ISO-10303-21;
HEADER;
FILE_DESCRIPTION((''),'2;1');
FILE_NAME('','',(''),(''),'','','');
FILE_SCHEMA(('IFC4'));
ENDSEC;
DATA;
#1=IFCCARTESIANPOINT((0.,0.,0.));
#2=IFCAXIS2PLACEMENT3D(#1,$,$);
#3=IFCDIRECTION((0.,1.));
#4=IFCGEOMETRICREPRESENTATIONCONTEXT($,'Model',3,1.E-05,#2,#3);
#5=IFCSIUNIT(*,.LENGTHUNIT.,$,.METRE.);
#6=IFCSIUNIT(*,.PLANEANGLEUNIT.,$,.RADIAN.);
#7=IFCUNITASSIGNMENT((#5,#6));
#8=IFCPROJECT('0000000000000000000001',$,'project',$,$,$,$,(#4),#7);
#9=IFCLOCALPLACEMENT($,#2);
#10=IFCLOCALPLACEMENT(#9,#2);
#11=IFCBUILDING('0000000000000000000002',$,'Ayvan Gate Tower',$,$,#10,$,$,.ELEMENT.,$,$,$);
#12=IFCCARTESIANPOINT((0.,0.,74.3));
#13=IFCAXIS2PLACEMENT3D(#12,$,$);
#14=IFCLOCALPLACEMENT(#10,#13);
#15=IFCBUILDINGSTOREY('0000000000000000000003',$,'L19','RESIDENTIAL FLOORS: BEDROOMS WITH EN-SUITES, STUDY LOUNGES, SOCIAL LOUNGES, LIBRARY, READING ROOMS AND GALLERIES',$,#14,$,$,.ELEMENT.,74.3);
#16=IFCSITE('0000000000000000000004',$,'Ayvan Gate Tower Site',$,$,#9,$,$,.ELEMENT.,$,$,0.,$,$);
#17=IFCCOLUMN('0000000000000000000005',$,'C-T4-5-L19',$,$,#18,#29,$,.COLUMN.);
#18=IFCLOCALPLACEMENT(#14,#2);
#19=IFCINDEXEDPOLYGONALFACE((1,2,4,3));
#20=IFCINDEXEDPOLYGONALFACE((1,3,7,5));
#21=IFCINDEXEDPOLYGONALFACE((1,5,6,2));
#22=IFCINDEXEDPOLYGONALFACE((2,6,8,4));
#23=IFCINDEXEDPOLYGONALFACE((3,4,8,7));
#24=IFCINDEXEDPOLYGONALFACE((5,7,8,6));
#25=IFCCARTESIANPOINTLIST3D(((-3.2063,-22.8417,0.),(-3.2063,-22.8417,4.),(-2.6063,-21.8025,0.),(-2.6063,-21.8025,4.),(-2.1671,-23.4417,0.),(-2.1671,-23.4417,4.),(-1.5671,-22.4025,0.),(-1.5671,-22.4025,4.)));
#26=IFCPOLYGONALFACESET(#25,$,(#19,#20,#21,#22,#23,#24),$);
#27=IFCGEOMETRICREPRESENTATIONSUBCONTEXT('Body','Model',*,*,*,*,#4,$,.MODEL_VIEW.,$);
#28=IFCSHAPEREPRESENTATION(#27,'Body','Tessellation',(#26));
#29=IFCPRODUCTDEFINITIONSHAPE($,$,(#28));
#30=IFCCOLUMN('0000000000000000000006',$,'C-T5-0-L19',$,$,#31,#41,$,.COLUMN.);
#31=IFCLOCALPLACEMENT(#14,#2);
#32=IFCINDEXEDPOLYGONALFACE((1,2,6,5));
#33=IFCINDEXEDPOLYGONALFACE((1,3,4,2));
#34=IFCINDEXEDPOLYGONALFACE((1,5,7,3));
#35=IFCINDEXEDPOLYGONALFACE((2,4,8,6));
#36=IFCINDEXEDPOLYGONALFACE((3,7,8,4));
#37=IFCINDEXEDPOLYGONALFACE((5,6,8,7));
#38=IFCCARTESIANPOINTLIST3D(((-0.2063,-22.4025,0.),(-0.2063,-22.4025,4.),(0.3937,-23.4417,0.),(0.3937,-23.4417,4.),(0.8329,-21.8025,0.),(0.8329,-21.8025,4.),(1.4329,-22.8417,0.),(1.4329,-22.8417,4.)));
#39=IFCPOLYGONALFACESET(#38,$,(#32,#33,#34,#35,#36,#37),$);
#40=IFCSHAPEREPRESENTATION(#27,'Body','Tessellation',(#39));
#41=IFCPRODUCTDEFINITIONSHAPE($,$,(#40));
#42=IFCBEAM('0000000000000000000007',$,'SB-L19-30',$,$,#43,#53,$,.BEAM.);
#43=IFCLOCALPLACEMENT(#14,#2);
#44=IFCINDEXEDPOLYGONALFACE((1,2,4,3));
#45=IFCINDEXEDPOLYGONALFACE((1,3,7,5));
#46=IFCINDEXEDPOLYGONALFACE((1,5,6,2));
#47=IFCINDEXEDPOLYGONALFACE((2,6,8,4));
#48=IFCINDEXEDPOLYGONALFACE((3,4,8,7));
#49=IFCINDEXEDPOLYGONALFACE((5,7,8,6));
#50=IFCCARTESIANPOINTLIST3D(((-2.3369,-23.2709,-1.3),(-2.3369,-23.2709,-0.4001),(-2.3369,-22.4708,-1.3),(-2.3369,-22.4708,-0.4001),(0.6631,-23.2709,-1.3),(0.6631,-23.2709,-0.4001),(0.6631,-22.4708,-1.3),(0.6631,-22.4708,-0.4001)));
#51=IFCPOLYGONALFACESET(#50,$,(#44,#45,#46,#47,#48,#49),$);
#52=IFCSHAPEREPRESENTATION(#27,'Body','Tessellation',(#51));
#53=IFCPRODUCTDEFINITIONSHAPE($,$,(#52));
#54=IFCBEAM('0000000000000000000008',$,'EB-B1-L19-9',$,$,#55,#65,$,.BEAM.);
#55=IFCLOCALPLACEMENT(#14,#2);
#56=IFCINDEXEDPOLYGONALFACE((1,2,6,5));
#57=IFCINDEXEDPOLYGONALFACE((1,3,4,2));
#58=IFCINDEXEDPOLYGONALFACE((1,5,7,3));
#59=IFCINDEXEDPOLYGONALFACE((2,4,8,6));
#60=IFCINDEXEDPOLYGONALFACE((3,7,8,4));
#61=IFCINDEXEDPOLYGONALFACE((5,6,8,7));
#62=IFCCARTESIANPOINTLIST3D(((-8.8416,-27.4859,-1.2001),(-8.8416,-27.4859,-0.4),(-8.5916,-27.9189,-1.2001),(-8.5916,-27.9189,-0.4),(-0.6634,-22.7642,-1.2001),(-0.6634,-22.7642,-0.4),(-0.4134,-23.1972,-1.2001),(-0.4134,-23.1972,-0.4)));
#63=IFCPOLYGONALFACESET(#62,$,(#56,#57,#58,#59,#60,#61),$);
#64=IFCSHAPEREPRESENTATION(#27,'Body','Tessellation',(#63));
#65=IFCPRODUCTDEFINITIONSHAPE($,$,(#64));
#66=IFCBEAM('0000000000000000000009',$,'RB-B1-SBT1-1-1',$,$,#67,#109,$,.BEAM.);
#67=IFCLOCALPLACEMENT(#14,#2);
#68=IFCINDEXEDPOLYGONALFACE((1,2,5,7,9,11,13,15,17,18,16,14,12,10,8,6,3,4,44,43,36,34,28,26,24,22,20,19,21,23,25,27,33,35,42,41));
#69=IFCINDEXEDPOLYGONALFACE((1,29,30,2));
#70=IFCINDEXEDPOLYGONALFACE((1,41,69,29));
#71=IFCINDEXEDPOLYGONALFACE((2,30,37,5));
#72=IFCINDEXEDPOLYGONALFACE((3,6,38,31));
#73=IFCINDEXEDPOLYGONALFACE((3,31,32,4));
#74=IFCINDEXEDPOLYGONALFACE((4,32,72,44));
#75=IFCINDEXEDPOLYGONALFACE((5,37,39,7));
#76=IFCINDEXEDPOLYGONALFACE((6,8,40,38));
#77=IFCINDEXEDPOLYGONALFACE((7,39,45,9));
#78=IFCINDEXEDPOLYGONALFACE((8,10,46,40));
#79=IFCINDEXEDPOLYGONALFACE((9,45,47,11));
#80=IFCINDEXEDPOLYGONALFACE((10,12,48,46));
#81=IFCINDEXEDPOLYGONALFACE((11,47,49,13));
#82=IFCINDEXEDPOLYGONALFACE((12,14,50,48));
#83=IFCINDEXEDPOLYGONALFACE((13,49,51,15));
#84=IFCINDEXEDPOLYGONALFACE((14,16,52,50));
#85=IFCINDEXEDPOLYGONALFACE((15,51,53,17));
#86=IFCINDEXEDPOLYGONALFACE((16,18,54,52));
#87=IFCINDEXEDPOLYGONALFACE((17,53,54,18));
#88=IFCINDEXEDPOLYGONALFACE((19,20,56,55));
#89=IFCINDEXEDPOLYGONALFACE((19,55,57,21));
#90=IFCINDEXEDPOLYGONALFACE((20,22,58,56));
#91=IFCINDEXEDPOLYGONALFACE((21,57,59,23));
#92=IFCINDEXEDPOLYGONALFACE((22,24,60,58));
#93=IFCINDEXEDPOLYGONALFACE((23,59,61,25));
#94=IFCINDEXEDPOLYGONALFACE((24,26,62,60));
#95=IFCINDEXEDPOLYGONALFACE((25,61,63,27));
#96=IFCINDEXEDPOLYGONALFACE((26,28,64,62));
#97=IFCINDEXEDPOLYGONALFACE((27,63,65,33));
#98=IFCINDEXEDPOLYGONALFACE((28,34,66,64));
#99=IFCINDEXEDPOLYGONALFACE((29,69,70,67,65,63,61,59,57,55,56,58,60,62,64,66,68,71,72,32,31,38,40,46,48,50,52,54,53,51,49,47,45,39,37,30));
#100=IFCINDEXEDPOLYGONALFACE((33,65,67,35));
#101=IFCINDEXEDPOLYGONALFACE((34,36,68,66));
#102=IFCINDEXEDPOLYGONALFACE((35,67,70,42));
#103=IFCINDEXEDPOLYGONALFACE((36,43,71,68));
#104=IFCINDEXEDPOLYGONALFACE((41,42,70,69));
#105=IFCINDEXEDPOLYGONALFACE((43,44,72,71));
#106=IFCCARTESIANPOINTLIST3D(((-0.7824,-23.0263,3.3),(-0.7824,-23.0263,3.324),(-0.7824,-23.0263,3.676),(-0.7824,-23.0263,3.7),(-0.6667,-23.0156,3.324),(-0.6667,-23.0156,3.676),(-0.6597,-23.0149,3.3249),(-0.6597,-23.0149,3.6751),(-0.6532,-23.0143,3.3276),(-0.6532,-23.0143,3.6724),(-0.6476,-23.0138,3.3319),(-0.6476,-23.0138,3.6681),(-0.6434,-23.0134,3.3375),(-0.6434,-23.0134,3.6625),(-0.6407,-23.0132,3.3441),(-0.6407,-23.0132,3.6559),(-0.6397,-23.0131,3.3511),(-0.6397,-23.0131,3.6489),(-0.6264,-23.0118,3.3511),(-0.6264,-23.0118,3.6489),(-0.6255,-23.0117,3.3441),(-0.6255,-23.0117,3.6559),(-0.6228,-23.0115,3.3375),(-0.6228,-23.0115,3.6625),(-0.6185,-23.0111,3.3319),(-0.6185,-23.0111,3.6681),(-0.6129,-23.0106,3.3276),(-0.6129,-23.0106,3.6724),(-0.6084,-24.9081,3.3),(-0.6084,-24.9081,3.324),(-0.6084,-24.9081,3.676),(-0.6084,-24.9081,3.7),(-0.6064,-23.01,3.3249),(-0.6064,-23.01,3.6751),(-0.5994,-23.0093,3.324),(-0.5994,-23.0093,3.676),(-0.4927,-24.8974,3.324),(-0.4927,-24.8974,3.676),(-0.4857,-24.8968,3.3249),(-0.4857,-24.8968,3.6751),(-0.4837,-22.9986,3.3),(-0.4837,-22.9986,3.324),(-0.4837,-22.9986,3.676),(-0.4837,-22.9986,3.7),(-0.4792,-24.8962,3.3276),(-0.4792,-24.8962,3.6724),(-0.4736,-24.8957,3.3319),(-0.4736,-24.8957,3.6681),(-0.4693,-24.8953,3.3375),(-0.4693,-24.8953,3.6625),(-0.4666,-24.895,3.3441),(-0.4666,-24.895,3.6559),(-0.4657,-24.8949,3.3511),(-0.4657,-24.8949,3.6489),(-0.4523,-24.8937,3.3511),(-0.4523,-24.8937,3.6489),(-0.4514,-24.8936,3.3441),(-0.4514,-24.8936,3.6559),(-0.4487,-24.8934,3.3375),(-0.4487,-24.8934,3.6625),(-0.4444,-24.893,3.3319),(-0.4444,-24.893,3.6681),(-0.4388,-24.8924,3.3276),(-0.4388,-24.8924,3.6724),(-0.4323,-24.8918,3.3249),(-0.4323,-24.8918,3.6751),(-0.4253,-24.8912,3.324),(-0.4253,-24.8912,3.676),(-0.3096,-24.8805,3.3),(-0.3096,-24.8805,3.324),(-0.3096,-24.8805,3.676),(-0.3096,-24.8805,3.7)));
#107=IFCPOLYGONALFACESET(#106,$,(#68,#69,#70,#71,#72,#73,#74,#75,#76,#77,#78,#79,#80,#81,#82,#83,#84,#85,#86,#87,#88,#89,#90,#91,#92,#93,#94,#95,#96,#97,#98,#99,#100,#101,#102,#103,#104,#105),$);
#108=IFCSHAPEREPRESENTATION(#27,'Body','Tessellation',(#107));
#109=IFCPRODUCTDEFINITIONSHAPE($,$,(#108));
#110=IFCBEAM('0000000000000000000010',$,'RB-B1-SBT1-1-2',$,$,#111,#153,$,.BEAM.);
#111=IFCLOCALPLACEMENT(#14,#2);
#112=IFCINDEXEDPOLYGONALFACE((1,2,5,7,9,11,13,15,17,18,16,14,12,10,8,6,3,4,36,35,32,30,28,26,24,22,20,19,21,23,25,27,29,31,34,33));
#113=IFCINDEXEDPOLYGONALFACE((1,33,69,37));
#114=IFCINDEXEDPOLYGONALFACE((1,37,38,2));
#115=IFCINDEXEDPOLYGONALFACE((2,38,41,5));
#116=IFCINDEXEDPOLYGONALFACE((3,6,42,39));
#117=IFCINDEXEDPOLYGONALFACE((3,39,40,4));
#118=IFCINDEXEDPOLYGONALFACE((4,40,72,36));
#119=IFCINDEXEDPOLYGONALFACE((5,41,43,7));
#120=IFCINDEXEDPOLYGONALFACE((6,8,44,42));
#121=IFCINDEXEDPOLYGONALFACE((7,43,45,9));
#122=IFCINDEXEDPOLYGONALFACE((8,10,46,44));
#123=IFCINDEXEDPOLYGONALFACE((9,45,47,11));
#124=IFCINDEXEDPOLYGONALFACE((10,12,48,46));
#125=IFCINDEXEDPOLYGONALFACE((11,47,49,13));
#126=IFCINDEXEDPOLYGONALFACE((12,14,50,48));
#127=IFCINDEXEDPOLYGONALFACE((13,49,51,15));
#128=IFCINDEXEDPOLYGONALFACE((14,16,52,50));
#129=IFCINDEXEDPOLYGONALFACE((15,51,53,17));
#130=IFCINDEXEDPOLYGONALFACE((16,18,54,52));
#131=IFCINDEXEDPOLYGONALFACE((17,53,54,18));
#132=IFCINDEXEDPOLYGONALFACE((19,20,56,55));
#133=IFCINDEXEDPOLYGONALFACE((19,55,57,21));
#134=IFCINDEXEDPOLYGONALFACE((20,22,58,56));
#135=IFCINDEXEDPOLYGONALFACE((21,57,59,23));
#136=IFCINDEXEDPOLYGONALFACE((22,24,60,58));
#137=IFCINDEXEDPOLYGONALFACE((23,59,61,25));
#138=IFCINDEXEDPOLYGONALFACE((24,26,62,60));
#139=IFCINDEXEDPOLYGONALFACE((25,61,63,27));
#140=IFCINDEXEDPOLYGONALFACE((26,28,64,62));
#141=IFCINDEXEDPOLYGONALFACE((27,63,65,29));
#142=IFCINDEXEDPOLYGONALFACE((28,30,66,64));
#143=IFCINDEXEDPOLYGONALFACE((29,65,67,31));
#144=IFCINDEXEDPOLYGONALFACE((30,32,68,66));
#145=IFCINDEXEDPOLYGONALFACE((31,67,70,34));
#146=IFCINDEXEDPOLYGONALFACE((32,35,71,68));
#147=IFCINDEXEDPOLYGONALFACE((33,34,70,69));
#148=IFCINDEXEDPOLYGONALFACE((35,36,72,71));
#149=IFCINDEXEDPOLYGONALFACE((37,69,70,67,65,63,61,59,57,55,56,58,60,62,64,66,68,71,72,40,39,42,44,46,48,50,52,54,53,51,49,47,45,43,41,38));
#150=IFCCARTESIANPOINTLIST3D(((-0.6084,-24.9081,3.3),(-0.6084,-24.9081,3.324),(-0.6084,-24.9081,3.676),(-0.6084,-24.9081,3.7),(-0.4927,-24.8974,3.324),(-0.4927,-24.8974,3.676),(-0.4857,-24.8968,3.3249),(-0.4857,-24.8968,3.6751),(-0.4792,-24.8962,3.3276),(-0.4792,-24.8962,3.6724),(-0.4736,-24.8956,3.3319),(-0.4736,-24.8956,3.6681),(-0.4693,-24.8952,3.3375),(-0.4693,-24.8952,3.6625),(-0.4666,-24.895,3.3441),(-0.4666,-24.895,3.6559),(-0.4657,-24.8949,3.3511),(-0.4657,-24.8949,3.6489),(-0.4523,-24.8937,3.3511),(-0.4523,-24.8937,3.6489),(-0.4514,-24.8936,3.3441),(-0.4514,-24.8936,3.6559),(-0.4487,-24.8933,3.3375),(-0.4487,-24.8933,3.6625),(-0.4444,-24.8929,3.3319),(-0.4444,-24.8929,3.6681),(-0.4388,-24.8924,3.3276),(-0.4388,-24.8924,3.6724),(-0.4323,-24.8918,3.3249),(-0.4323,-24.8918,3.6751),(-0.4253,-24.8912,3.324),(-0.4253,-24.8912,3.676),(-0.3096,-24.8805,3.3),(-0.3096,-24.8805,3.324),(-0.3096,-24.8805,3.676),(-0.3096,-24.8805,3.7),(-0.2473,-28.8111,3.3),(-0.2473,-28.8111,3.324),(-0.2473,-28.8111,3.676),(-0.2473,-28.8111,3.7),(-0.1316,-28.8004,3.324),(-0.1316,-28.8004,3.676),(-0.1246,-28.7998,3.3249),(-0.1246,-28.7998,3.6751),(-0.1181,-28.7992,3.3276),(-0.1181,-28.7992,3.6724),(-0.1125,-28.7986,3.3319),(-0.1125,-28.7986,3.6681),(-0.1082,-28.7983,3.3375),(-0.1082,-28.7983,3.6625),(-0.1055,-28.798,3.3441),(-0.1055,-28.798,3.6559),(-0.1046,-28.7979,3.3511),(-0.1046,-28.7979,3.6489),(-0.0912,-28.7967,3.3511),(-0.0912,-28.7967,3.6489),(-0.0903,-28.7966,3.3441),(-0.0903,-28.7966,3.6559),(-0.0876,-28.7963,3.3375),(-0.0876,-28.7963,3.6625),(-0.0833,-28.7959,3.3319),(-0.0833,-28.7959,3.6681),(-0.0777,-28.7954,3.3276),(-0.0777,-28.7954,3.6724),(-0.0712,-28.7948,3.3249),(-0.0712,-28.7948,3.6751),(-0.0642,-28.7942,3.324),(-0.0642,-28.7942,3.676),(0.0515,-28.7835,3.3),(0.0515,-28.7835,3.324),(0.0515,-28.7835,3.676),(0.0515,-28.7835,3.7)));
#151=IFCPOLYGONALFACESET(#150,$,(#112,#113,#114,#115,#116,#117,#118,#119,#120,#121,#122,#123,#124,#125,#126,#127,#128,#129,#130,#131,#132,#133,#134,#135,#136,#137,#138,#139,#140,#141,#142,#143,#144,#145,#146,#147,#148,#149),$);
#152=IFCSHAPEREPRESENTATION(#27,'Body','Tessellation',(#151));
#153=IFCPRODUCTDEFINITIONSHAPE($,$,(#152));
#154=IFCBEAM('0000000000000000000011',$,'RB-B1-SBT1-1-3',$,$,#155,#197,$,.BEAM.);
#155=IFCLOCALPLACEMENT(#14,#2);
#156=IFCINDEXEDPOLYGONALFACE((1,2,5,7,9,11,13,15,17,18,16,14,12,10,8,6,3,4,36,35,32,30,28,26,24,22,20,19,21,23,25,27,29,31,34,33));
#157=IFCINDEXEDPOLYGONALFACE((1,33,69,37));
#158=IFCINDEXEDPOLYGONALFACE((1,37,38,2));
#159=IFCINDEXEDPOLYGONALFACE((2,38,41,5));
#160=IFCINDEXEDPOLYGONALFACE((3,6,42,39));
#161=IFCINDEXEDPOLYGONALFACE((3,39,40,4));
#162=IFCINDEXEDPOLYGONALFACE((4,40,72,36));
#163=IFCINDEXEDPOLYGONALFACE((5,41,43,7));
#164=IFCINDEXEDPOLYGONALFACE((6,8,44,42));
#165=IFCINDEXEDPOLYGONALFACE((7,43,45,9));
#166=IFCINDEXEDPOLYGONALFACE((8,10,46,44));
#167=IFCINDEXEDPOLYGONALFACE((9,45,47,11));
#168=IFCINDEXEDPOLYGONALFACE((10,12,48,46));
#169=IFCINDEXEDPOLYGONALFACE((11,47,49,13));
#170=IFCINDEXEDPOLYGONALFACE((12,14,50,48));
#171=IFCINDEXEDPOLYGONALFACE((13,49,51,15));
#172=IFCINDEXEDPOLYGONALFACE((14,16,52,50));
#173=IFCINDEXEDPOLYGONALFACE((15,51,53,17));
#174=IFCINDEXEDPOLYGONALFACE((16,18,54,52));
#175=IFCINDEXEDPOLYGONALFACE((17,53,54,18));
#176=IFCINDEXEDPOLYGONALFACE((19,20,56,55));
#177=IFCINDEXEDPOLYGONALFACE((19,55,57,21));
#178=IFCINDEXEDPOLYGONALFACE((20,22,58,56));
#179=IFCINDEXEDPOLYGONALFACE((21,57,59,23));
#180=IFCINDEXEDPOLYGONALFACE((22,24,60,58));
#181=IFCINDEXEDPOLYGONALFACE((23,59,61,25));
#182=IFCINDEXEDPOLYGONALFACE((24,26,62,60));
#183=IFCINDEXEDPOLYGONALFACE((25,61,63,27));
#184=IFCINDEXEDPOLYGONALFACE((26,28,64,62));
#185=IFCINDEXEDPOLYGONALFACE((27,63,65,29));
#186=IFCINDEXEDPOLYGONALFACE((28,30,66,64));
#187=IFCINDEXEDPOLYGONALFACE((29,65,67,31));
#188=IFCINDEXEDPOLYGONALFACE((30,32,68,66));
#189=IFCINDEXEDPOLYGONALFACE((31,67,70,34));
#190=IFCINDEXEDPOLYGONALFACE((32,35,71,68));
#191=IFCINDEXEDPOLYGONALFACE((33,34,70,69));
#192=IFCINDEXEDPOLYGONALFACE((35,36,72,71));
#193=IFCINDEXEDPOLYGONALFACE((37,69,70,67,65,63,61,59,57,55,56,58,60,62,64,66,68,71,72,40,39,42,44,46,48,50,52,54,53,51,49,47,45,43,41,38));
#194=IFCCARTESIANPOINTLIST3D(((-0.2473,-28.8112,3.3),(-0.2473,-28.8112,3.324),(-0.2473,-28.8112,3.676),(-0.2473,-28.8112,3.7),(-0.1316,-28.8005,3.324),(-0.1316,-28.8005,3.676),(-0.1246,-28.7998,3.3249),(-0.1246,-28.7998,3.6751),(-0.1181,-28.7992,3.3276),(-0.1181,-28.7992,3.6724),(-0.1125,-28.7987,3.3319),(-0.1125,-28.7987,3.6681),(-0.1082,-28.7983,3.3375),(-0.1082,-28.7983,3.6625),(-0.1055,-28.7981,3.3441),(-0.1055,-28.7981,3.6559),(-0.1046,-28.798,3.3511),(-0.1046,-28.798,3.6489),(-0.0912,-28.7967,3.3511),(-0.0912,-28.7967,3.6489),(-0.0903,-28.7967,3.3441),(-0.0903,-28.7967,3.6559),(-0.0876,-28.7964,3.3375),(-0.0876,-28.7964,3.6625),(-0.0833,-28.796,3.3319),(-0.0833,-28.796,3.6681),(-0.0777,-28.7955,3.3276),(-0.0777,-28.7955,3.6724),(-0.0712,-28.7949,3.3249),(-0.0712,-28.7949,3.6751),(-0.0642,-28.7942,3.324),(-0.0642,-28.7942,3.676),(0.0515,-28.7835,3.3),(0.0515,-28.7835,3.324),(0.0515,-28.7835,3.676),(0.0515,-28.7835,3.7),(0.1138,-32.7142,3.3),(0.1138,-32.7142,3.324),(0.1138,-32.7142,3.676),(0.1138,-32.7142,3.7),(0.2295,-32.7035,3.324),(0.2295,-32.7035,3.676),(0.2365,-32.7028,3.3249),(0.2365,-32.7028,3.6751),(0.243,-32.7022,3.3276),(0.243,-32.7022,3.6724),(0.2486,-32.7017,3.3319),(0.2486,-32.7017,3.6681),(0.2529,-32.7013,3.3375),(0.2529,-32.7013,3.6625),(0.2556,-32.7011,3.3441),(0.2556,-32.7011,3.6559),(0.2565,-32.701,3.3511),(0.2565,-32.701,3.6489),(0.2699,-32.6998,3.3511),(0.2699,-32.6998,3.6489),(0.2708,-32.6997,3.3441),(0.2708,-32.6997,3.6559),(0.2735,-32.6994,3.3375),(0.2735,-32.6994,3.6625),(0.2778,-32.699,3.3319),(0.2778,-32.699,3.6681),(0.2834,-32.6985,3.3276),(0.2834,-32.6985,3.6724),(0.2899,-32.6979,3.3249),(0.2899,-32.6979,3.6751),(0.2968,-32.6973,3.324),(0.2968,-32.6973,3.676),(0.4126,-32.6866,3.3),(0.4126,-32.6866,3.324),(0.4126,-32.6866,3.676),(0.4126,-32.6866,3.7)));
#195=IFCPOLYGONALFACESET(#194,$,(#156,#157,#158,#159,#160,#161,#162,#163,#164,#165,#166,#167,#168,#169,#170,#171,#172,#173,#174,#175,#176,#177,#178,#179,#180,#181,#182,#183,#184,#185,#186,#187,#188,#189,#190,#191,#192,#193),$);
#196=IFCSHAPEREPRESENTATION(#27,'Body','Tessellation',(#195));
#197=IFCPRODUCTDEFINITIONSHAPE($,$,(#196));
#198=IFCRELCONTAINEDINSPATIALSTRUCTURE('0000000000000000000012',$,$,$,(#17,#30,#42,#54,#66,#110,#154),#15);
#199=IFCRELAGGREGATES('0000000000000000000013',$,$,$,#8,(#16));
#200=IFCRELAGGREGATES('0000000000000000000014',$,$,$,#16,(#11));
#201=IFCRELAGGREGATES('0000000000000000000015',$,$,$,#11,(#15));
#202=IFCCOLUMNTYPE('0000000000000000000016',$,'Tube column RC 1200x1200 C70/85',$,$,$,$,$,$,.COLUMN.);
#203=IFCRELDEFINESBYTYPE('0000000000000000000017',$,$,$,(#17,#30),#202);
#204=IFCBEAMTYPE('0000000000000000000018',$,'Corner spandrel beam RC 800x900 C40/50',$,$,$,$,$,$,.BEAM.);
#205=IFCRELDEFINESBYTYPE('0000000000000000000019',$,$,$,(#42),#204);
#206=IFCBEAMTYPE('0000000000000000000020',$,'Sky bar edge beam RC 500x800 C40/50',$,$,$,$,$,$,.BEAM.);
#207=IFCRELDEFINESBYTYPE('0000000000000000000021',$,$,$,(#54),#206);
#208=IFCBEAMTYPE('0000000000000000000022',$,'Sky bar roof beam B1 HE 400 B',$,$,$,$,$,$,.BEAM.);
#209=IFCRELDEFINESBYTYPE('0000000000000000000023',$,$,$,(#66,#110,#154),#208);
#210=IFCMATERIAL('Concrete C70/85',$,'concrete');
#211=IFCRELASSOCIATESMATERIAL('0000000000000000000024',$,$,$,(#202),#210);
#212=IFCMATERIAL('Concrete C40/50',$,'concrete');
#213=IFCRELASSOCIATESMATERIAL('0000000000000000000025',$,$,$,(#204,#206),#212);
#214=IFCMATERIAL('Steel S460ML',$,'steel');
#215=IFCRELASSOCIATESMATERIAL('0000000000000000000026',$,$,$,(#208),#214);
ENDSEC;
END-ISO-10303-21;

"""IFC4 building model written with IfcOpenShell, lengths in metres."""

from ifc_helpers import new_model, si_unit, direction, frame, origin, origin_2d, place, context, subcontext, project, spatial, rectangle, i_section, extrude, material, material_profile, profile_set, type_object, element, save


model = new_model("IFC4")

# Units and contexts
model_context = context("Model", 3, precision=1e-05, world=origin(), true_north=direction((0.0, 1.0)))
body_context = subcontext(model_context, "Body", "Model", "MODEL_VIEW")
ifc_project = project(units=[si_unit("LENGTHUNIT", "METRE"), si_unit("PLANEANGLEUNIT", "RADIAN")], contexts=[model_context])

# Site, building, storey
site_placement = place(None, origin())
site = spatial("IfcSite", under=ifc_project, at=site_placement, Name="Ayvan Gate Tower Site", CompositionType="ELEMENT", RefElevation=0.0)
building_placement = place(site_placement, origin())
building = spatial("IfcBuilding", under=site, at=building_placement, Name="Ayvan Gate Tower", CompositionType="ELEMENT")
storey_placement = place(building_placement, frame((0.0, 0.0, 74.3)))
storey = spatial("IfcBuildingStorey", under=building, at=storey_placement, Name="L19", Description="RESIDENTIAL FLOORS: BEDROOMS WITH EN-SUITES, STUDY LOUNGES, SOCIAL LOUNGES, LIBRARY, READING ROOMS AND GALLERIES", CompositionType="ELEMENT", Elevation=74.3)

# Columns
ifc_material_1 = material(Name="Concrete C70/85", Category="concrete")
ifc_material_profile_1 = material_profile(ifc_material_1, rectangle(XDim=1.2, YDim=1.2, at=origin_2d()), Name="RC 1200x1200")
ifc_profile_set_1 = profile_set([ifc_material_profile_1], Name="Concrete C70/85")
column_type = type_object("IfcColumnType", Name="Tube column RC 1200x1200 C70/85", PredefinedType="COLUMN", material=ifc_profile_set_1)
for number, where, z_axis, x_axis, name in (
    (1, (-2.3867, -22.6221, 0.0), (0.0, 0.0, 1.0), (-0.5, -0.866025, 0.0), "C-T4-5-L19"),
    (2, (0.6133, -22.6221, 0.0), (0.0, 0.0, 1.0), (0.5, -0.866025, 0.0), "C-T5-0-L19"),
):
    element("IfcColumn", number, at=place(storey_placement, frame(where, z_axis=z_axis, x_axis=x_axis)), inside=storey, type_object=column_type, Name=name, PredefinedType="COLUMN", context=body_context, shape_type="SweptSolid", body=[
        extrude(rectangle(XDim=1.2, YDim=1.2, at=origin_2d()), origin(), (0.0, 0.0, 1.0), 4.0),
    ])

# Beams
ifc_material_2 = material(Name="Concrete C40/50", Category="concrete")
ifc_material_profile_2 = material_profile(ifc_material_2, rectangle(XDim=0.8, YDim=0.8999, at=origin_2d()), Name="RC 800x900")
ifc_profile_set_2 = profile_set([ifc_material_profile_2], Name="Concrete C40/50")
beam_type_1 = type_object("IfcBeamType", Name="Corner spandrel beam RC 800x900 C40/50", PredefinedType="BEAM", material=ifc_profile_set_2)
beam_1_placement = place(storey_placement, frame((-2.3369, -22.8708, -0.8501), z_axis=(1.0, 0.0, 0.0), x_axis=(0.0, 1.0, 0.0)))
element("IfcBeam", 3, at=beam_1_placement, inside=storey, type_object=beam_type_1, Name="SB-L19-30", PredefinedType="BEAM", context=body_context, shape_type="SweptSolid", body=[
    extrude(rectangle(XDim=0.8, YDim=0.8999, at=origin_2d()), origin(), (0.0, 0.0, 1.0), 3.0),
])
ifc_material_profile_3 = material_profile(ifc_material_2, rectangle(XDim=0.5, YDim=0.8, at=origin_2d()), Name="RC 500x800")
ifc_profile_set_3 = profile_set([ifc_material_profile_3], Name="Concrete C40/50")
beam_type_2 = type_object("IfcBeamType", Name="Sky bar edge beam RC 500x800 C40/50", PredefinedType="BEAM", material=ifc_profile_set_3)
beam_2_placement = place(storey_placement, frame((-8.7166, -27.7024, -0.8), z_axis=(0.866026, 0.499998, 0.0), x_axis=(-0.499998, 0.866026, 0.0)))
element("IfcBeam", 4, at=beam_2_placement, inside=storey, type_object=beam_type_2, Name="EB-B1-L19-9", PredefinedType="BEAM", context=body_context, shape_type="SweptSolid", body=[
    extrude(rectangle(XDim=0.5, YDim=0.8, at=origin_2d()), origin(), (0.0, 0.0, 1.0), 9.4434),
])
ifc_material_3 = material(Name="Steel S460ML", Category="steel")
ifc_material_profile_4 = material_profile(ifc_material_3, i_section(OverallWidth=0.3, OverallDepth=0.3999, WebThickness=0.0134, FlangeThickness=0.0239, FilletRadius=0.0271, at=origin_2d()), Name="HE 400 B")
ifc_profile_set_4 = profile_set([ifc_material_profile_4], Name="Steel S460ML")
beam_type_3 = type_object("IfcBeamType", Name="Sky bar roof beam B1 HE 400 B", PredefinedType="BEAM", material=ifc_profile_set_4)
beam_3_placement = place(storey_placement, frame((-0.6331, -23.0125, 3.5), z_axis=(0.092108, -0.995749, 0.0), x_axis=(0.995749, 0.092108, 0.0)))
element("IfcBeam", 5, at=beam_3_placement, inside=storey, type_object=beam_type_3, Name="RB-B1-SBT1-1-1", PredefinedType="BEAM", context=body_context, shape_type="SweptSolid", body=[
    extrude(i_section(OverallWidth=0.3, OverallDepth=0.3999, WebThickness=0.0134, FlangeThickness=0.0239, FilletRadius=0.0271, at=origin_2d()), origin(), (0.0, 0.0, 1.0), 1.8899),
])
for number, where, z_axis, x_axis, name in (
    (6, (-0.459, -24.8943, 3.5), (0.092119, -0.995748, 0.0), (0.995748, 0.092119, 0.0), "RB-B1-SBT1-1-2"),
    (7, (-0.0979, -28.7974, 3.5), (0.092119, -0.995748, 0.0), (0.995748, 0.092119, 0.0), "RB-B1-SBT1-1-3"),
):
    element("IfcBeam", number, at=place(storey_placement, frame(where, z_axis=z_axis, x_axis=x_axis)), inside=storey, type_object=beam_type_3, Name=name, PredefinedType="BEAM", context=body_context, shape_type="SweptSolid", body=[
        extrude(i_section(OverallWidth=0.3, OverallDepth=0.3999, WebThickness=0.0134, FlangeThickness=0.0239, FilletRadius=0.0271, at=origin_2d()), origin(), (0.0, 0.0, 1.0), 3.9197),
    ])

save(model, "model.ifc")
